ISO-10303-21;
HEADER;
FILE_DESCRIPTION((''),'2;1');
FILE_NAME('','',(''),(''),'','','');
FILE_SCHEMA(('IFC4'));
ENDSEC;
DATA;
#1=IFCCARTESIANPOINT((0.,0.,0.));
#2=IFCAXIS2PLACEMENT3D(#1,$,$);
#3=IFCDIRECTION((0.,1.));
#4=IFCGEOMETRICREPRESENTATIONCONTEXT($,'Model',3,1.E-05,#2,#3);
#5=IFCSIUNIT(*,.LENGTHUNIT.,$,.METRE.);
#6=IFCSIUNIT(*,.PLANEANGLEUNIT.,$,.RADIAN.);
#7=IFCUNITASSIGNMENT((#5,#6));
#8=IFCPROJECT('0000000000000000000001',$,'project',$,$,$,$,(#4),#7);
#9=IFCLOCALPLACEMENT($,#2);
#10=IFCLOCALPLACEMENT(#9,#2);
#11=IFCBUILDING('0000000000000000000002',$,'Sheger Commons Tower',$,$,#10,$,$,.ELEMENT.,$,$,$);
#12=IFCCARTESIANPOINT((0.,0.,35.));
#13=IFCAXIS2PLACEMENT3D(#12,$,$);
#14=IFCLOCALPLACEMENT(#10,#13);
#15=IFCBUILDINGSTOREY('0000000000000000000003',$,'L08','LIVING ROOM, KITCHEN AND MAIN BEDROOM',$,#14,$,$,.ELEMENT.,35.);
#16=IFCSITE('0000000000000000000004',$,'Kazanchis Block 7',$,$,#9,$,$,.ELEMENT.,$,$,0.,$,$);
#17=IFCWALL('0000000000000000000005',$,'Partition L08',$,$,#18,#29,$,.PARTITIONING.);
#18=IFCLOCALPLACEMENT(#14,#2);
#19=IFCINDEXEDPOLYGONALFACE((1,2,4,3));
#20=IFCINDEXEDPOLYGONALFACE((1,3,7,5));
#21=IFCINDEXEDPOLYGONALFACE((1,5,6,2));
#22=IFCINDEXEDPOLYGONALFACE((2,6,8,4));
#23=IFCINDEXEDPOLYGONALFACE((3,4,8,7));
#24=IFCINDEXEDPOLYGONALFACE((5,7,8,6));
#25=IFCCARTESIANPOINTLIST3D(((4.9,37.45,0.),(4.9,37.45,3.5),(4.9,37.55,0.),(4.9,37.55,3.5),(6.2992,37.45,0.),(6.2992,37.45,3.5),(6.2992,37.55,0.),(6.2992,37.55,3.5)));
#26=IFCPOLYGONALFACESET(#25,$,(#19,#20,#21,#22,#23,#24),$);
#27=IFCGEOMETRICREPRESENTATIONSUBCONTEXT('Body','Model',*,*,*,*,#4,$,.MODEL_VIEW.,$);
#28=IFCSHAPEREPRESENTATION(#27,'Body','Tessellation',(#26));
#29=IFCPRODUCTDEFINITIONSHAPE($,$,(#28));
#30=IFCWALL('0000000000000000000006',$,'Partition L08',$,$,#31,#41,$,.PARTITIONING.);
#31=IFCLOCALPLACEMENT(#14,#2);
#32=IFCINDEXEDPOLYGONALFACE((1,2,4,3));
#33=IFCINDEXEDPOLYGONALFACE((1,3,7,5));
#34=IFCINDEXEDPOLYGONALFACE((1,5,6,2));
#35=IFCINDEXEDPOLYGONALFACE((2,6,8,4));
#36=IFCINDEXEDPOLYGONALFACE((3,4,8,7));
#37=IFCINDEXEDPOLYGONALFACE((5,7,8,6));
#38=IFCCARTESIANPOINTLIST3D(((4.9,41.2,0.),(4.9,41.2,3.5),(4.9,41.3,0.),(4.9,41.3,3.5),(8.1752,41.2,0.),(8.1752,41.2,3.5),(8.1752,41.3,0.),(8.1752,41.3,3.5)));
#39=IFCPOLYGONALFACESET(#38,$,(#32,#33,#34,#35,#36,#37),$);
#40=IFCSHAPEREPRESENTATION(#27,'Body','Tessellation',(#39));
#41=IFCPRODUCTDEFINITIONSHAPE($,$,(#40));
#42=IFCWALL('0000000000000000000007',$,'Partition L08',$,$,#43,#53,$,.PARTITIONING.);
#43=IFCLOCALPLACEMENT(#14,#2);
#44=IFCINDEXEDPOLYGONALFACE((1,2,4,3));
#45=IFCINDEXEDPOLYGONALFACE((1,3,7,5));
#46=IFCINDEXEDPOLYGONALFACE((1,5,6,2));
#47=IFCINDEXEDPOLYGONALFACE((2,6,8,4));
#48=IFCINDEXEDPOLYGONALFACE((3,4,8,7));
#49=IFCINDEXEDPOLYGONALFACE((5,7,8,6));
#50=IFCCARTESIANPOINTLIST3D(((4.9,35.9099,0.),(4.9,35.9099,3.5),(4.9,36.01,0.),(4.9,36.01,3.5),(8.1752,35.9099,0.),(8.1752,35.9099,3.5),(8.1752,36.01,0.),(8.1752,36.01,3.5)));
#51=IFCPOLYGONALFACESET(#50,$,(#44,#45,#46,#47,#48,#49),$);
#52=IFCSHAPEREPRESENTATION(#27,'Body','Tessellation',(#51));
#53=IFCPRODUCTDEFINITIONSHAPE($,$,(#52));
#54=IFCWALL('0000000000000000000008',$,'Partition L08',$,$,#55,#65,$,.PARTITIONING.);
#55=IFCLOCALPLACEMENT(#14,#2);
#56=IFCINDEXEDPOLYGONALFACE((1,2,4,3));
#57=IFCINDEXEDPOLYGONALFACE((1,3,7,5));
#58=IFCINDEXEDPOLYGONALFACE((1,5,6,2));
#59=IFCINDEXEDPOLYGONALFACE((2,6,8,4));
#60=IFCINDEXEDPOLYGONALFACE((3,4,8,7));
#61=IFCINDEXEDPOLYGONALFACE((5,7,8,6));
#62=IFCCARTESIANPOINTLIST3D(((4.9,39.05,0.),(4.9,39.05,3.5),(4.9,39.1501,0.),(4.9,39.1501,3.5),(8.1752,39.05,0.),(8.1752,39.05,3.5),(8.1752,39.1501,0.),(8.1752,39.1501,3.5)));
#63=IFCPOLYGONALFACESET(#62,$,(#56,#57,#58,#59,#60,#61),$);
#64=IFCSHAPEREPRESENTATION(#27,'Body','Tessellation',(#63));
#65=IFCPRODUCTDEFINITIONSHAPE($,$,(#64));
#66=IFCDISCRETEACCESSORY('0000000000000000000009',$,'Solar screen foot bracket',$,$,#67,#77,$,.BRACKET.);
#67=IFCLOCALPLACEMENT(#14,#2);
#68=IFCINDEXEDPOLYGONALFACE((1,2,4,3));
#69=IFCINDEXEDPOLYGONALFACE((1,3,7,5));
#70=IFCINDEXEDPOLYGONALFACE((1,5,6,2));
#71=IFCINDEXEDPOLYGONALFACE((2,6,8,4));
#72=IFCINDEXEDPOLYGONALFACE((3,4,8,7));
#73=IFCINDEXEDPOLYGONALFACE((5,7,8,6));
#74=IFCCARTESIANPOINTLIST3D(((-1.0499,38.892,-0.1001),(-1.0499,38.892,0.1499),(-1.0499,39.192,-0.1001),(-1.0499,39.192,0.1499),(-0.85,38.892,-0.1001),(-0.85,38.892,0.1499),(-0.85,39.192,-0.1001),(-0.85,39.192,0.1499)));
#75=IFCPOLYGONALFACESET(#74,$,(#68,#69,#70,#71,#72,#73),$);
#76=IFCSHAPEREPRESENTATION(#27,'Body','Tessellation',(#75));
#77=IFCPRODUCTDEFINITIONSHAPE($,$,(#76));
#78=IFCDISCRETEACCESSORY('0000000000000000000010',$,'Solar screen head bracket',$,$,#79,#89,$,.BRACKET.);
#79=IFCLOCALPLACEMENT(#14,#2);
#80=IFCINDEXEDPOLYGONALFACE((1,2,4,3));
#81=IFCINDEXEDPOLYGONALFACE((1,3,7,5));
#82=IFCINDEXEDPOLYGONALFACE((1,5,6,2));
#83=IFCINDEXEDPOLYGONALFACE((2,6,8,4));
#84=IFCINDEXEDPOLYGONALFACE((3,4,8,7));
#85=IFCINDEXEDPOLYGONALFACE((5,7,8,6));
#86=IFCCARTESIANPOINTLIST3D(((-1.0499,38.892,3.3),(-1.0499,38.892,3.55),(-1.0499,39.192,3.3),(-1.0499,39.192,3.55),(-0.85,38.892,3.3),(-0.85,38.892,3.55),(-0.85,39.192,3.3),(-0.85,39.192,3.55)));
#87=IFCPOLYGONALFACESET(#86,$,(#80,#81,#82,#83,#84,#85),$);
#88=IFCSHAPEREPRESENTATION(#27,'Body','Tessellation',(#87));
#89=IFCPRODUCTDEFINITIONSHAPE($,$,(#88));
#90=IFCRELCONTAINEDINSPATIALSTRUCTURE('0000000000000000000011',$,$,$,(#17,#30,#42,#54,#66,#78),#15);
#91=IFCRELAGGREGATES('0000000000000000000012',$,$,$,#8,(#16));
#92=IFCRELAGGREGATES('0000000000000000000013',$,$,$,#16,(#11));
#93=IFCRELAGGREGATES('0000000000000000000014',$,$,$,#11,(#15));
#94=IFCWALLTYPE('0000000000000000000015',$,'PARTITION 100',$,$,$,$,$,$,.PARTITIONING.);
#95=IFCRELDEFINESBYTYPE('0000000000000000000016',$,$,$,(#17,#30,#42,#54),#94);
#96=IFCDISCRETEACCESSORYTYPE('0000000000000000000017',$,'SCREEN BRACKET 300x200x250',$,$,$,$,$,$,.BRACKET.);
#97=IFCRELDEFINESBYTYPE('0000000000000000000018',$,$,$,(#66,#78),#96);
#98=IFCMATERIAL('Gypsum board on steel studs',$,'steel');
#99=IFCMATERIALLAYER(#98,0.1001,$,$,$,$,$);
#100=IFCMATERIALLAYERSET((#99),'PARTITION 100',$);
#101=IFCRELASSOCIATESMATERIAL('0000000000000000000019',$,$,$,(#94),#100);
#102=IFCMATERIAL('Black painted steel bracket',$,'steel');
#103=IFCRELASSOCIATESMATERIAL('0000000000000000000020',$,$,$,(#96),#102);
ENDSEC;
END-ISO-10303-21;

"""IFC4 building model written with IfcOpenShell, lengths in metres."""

from ifc_helpers import new_model, si_unit, direction, frame, frame_2d, origin, origin_2d, place, context, subcontext, project, spatial, rectangle, extrude, material, layer, layer_set, type_object, element, save


model = new_model("IFC4")

# Units and contexts
model_context = context("Model", 3, precision=1e-05, world=origin(), true_north=direction((0.0, 1.0)))
body_context = subcontext(model_context, "Body", "Model", "MODEL_VIEW")
ifc_project = project(units=[si_unit("LENGTHUNIT", "METRE"), si_unit("PLANEANGLEUNIT", "RADIAN")], contexts=[model_context])

# Site, building, storey
site_placement = place(None, origin())
site = spatial("IfcSite", under=ifc_project, at=site_placement, Name="Kazanchis Block 7", CompositionType="ELEMENT", RefElevation=0.0)
building_placement = place(site_placement, origin())
building = spatial("IfcBuilding", under=site, at=building_placement, Name="Sheger Commons Tower", CompositionType="ELEMENT")
storey_placement = place(building_placement, frame((0.0, 0.0, 35.0)))
storey = spatial("IfcBuildingStorey", under=building, at=storey_placement, Name="L08", Description="LIVING ROOM, KITCHEN AND MAIN BEDROOM", CompositionType="ELEMENT", Elevation=35.0)

# Shared definitions
ifc_material_1 = material(Name="Gypsum board on steel studs", Category="steel")
ifc_layer_1 = layer(ifc_material_1, 0.1001)
ifc_layer_set_1 = layer_set([ifc_layer_1], Name="PARTITION 100")
wall_type = type_object("IfcWallType", Name="PARTITION 100", PredefinedType="PARTITIONING", material=ifc_layer_set_1)

# Walls
wall_1_placement = place(storey_placement, frame((4.8999, 37.5, 0.0), z_axis=(0.0, 0.0, 1.0), x_axis=(1.0, 0.0, 0.0)))
element("IfcWall", 1, at=wall_1_placement, inside=storey, type_object=wall_type, Name="Partition L08", PredefinedType="PARTITIONING", context=body_context, shape_type="SweptSolid", body=[
    extrude(rectangle(XDim=1.3992, YDim=0.1001, at=frame_2d((0.6997, 0.0))), origin(), (0.0, 0.0, 1.0), 3.5),
])
for number, where, z_axis, x_axis, name in (
    (2, (4.8999, 41.25, 0.0), (0.0, 0.0, 1.0), (1.0, 0.0, 0.0), "Partition L08"),
    (3, (4.8999, 35.96, 0.0), (0.0, 0.0, 1.0), (1.0, 0.0, 0.0), "Partition L08"),
    (4, (4.8999, 39.1001, 0.0), (0.0, 0.0, 1.0), (1.0, 0.0, 0.0), "Partition L08"),
):
    element("IfcWall", number, at=place(storey_placement, frame(where, z_axis=z_axis, x_axis=x_axis)), inside=storey, type_object=wall_type, Name=name, PredefinedType="PARTITIONING", context=body_context, shape_type="SweptSolid", body=[
        extrude(rectangle(XDim=3.2751, YDim=0.1001, at=frame_2d((1.6377, 0.0))), origin(), (0.0, 0.0, 1.0), 3.5),
    ])

# Discrete accessories
ifc_material_2 = material(Name="Black painted steel bracket", Category="steel")
discrete_accessory_type = type_object("IfcDiscreteAccessoryType", Name="SCREEN BRACKET 300x200x250", PredefinedType="BRACKET", material=ifc_material_2)
for number, where, z_axis, x_axis, name in (
    (5, (-0.95, 39.042, -0.1001), (0.0, 0.0, 1.0), (0.0, -1.0, 0.0), "Solar screen foot bracket"),
    (6, (-0.95, 39.042, 3.3), (0.0, 0.0, 1.0), (0.0, -1.0, 0.0), "Solar screen head bracket"),
):
    element("IfcDiscreteAccessory", number, at=place(storey_placement, frame(where, z_axis=z_axis, x_axis=x_axis)), inside=storey, type_object=discrete_accessory_type, Name=name, PredefinedType="BRACKET", context=body_context, shape_type="SweptSolid", body=[
        extrude(rectangle(XDim=0.3, YDim=0.2, at=origin_2d()), origin(), (0.0, 0.0, 1.0), 0.25),
    ])

save(model, "model.ifc")
